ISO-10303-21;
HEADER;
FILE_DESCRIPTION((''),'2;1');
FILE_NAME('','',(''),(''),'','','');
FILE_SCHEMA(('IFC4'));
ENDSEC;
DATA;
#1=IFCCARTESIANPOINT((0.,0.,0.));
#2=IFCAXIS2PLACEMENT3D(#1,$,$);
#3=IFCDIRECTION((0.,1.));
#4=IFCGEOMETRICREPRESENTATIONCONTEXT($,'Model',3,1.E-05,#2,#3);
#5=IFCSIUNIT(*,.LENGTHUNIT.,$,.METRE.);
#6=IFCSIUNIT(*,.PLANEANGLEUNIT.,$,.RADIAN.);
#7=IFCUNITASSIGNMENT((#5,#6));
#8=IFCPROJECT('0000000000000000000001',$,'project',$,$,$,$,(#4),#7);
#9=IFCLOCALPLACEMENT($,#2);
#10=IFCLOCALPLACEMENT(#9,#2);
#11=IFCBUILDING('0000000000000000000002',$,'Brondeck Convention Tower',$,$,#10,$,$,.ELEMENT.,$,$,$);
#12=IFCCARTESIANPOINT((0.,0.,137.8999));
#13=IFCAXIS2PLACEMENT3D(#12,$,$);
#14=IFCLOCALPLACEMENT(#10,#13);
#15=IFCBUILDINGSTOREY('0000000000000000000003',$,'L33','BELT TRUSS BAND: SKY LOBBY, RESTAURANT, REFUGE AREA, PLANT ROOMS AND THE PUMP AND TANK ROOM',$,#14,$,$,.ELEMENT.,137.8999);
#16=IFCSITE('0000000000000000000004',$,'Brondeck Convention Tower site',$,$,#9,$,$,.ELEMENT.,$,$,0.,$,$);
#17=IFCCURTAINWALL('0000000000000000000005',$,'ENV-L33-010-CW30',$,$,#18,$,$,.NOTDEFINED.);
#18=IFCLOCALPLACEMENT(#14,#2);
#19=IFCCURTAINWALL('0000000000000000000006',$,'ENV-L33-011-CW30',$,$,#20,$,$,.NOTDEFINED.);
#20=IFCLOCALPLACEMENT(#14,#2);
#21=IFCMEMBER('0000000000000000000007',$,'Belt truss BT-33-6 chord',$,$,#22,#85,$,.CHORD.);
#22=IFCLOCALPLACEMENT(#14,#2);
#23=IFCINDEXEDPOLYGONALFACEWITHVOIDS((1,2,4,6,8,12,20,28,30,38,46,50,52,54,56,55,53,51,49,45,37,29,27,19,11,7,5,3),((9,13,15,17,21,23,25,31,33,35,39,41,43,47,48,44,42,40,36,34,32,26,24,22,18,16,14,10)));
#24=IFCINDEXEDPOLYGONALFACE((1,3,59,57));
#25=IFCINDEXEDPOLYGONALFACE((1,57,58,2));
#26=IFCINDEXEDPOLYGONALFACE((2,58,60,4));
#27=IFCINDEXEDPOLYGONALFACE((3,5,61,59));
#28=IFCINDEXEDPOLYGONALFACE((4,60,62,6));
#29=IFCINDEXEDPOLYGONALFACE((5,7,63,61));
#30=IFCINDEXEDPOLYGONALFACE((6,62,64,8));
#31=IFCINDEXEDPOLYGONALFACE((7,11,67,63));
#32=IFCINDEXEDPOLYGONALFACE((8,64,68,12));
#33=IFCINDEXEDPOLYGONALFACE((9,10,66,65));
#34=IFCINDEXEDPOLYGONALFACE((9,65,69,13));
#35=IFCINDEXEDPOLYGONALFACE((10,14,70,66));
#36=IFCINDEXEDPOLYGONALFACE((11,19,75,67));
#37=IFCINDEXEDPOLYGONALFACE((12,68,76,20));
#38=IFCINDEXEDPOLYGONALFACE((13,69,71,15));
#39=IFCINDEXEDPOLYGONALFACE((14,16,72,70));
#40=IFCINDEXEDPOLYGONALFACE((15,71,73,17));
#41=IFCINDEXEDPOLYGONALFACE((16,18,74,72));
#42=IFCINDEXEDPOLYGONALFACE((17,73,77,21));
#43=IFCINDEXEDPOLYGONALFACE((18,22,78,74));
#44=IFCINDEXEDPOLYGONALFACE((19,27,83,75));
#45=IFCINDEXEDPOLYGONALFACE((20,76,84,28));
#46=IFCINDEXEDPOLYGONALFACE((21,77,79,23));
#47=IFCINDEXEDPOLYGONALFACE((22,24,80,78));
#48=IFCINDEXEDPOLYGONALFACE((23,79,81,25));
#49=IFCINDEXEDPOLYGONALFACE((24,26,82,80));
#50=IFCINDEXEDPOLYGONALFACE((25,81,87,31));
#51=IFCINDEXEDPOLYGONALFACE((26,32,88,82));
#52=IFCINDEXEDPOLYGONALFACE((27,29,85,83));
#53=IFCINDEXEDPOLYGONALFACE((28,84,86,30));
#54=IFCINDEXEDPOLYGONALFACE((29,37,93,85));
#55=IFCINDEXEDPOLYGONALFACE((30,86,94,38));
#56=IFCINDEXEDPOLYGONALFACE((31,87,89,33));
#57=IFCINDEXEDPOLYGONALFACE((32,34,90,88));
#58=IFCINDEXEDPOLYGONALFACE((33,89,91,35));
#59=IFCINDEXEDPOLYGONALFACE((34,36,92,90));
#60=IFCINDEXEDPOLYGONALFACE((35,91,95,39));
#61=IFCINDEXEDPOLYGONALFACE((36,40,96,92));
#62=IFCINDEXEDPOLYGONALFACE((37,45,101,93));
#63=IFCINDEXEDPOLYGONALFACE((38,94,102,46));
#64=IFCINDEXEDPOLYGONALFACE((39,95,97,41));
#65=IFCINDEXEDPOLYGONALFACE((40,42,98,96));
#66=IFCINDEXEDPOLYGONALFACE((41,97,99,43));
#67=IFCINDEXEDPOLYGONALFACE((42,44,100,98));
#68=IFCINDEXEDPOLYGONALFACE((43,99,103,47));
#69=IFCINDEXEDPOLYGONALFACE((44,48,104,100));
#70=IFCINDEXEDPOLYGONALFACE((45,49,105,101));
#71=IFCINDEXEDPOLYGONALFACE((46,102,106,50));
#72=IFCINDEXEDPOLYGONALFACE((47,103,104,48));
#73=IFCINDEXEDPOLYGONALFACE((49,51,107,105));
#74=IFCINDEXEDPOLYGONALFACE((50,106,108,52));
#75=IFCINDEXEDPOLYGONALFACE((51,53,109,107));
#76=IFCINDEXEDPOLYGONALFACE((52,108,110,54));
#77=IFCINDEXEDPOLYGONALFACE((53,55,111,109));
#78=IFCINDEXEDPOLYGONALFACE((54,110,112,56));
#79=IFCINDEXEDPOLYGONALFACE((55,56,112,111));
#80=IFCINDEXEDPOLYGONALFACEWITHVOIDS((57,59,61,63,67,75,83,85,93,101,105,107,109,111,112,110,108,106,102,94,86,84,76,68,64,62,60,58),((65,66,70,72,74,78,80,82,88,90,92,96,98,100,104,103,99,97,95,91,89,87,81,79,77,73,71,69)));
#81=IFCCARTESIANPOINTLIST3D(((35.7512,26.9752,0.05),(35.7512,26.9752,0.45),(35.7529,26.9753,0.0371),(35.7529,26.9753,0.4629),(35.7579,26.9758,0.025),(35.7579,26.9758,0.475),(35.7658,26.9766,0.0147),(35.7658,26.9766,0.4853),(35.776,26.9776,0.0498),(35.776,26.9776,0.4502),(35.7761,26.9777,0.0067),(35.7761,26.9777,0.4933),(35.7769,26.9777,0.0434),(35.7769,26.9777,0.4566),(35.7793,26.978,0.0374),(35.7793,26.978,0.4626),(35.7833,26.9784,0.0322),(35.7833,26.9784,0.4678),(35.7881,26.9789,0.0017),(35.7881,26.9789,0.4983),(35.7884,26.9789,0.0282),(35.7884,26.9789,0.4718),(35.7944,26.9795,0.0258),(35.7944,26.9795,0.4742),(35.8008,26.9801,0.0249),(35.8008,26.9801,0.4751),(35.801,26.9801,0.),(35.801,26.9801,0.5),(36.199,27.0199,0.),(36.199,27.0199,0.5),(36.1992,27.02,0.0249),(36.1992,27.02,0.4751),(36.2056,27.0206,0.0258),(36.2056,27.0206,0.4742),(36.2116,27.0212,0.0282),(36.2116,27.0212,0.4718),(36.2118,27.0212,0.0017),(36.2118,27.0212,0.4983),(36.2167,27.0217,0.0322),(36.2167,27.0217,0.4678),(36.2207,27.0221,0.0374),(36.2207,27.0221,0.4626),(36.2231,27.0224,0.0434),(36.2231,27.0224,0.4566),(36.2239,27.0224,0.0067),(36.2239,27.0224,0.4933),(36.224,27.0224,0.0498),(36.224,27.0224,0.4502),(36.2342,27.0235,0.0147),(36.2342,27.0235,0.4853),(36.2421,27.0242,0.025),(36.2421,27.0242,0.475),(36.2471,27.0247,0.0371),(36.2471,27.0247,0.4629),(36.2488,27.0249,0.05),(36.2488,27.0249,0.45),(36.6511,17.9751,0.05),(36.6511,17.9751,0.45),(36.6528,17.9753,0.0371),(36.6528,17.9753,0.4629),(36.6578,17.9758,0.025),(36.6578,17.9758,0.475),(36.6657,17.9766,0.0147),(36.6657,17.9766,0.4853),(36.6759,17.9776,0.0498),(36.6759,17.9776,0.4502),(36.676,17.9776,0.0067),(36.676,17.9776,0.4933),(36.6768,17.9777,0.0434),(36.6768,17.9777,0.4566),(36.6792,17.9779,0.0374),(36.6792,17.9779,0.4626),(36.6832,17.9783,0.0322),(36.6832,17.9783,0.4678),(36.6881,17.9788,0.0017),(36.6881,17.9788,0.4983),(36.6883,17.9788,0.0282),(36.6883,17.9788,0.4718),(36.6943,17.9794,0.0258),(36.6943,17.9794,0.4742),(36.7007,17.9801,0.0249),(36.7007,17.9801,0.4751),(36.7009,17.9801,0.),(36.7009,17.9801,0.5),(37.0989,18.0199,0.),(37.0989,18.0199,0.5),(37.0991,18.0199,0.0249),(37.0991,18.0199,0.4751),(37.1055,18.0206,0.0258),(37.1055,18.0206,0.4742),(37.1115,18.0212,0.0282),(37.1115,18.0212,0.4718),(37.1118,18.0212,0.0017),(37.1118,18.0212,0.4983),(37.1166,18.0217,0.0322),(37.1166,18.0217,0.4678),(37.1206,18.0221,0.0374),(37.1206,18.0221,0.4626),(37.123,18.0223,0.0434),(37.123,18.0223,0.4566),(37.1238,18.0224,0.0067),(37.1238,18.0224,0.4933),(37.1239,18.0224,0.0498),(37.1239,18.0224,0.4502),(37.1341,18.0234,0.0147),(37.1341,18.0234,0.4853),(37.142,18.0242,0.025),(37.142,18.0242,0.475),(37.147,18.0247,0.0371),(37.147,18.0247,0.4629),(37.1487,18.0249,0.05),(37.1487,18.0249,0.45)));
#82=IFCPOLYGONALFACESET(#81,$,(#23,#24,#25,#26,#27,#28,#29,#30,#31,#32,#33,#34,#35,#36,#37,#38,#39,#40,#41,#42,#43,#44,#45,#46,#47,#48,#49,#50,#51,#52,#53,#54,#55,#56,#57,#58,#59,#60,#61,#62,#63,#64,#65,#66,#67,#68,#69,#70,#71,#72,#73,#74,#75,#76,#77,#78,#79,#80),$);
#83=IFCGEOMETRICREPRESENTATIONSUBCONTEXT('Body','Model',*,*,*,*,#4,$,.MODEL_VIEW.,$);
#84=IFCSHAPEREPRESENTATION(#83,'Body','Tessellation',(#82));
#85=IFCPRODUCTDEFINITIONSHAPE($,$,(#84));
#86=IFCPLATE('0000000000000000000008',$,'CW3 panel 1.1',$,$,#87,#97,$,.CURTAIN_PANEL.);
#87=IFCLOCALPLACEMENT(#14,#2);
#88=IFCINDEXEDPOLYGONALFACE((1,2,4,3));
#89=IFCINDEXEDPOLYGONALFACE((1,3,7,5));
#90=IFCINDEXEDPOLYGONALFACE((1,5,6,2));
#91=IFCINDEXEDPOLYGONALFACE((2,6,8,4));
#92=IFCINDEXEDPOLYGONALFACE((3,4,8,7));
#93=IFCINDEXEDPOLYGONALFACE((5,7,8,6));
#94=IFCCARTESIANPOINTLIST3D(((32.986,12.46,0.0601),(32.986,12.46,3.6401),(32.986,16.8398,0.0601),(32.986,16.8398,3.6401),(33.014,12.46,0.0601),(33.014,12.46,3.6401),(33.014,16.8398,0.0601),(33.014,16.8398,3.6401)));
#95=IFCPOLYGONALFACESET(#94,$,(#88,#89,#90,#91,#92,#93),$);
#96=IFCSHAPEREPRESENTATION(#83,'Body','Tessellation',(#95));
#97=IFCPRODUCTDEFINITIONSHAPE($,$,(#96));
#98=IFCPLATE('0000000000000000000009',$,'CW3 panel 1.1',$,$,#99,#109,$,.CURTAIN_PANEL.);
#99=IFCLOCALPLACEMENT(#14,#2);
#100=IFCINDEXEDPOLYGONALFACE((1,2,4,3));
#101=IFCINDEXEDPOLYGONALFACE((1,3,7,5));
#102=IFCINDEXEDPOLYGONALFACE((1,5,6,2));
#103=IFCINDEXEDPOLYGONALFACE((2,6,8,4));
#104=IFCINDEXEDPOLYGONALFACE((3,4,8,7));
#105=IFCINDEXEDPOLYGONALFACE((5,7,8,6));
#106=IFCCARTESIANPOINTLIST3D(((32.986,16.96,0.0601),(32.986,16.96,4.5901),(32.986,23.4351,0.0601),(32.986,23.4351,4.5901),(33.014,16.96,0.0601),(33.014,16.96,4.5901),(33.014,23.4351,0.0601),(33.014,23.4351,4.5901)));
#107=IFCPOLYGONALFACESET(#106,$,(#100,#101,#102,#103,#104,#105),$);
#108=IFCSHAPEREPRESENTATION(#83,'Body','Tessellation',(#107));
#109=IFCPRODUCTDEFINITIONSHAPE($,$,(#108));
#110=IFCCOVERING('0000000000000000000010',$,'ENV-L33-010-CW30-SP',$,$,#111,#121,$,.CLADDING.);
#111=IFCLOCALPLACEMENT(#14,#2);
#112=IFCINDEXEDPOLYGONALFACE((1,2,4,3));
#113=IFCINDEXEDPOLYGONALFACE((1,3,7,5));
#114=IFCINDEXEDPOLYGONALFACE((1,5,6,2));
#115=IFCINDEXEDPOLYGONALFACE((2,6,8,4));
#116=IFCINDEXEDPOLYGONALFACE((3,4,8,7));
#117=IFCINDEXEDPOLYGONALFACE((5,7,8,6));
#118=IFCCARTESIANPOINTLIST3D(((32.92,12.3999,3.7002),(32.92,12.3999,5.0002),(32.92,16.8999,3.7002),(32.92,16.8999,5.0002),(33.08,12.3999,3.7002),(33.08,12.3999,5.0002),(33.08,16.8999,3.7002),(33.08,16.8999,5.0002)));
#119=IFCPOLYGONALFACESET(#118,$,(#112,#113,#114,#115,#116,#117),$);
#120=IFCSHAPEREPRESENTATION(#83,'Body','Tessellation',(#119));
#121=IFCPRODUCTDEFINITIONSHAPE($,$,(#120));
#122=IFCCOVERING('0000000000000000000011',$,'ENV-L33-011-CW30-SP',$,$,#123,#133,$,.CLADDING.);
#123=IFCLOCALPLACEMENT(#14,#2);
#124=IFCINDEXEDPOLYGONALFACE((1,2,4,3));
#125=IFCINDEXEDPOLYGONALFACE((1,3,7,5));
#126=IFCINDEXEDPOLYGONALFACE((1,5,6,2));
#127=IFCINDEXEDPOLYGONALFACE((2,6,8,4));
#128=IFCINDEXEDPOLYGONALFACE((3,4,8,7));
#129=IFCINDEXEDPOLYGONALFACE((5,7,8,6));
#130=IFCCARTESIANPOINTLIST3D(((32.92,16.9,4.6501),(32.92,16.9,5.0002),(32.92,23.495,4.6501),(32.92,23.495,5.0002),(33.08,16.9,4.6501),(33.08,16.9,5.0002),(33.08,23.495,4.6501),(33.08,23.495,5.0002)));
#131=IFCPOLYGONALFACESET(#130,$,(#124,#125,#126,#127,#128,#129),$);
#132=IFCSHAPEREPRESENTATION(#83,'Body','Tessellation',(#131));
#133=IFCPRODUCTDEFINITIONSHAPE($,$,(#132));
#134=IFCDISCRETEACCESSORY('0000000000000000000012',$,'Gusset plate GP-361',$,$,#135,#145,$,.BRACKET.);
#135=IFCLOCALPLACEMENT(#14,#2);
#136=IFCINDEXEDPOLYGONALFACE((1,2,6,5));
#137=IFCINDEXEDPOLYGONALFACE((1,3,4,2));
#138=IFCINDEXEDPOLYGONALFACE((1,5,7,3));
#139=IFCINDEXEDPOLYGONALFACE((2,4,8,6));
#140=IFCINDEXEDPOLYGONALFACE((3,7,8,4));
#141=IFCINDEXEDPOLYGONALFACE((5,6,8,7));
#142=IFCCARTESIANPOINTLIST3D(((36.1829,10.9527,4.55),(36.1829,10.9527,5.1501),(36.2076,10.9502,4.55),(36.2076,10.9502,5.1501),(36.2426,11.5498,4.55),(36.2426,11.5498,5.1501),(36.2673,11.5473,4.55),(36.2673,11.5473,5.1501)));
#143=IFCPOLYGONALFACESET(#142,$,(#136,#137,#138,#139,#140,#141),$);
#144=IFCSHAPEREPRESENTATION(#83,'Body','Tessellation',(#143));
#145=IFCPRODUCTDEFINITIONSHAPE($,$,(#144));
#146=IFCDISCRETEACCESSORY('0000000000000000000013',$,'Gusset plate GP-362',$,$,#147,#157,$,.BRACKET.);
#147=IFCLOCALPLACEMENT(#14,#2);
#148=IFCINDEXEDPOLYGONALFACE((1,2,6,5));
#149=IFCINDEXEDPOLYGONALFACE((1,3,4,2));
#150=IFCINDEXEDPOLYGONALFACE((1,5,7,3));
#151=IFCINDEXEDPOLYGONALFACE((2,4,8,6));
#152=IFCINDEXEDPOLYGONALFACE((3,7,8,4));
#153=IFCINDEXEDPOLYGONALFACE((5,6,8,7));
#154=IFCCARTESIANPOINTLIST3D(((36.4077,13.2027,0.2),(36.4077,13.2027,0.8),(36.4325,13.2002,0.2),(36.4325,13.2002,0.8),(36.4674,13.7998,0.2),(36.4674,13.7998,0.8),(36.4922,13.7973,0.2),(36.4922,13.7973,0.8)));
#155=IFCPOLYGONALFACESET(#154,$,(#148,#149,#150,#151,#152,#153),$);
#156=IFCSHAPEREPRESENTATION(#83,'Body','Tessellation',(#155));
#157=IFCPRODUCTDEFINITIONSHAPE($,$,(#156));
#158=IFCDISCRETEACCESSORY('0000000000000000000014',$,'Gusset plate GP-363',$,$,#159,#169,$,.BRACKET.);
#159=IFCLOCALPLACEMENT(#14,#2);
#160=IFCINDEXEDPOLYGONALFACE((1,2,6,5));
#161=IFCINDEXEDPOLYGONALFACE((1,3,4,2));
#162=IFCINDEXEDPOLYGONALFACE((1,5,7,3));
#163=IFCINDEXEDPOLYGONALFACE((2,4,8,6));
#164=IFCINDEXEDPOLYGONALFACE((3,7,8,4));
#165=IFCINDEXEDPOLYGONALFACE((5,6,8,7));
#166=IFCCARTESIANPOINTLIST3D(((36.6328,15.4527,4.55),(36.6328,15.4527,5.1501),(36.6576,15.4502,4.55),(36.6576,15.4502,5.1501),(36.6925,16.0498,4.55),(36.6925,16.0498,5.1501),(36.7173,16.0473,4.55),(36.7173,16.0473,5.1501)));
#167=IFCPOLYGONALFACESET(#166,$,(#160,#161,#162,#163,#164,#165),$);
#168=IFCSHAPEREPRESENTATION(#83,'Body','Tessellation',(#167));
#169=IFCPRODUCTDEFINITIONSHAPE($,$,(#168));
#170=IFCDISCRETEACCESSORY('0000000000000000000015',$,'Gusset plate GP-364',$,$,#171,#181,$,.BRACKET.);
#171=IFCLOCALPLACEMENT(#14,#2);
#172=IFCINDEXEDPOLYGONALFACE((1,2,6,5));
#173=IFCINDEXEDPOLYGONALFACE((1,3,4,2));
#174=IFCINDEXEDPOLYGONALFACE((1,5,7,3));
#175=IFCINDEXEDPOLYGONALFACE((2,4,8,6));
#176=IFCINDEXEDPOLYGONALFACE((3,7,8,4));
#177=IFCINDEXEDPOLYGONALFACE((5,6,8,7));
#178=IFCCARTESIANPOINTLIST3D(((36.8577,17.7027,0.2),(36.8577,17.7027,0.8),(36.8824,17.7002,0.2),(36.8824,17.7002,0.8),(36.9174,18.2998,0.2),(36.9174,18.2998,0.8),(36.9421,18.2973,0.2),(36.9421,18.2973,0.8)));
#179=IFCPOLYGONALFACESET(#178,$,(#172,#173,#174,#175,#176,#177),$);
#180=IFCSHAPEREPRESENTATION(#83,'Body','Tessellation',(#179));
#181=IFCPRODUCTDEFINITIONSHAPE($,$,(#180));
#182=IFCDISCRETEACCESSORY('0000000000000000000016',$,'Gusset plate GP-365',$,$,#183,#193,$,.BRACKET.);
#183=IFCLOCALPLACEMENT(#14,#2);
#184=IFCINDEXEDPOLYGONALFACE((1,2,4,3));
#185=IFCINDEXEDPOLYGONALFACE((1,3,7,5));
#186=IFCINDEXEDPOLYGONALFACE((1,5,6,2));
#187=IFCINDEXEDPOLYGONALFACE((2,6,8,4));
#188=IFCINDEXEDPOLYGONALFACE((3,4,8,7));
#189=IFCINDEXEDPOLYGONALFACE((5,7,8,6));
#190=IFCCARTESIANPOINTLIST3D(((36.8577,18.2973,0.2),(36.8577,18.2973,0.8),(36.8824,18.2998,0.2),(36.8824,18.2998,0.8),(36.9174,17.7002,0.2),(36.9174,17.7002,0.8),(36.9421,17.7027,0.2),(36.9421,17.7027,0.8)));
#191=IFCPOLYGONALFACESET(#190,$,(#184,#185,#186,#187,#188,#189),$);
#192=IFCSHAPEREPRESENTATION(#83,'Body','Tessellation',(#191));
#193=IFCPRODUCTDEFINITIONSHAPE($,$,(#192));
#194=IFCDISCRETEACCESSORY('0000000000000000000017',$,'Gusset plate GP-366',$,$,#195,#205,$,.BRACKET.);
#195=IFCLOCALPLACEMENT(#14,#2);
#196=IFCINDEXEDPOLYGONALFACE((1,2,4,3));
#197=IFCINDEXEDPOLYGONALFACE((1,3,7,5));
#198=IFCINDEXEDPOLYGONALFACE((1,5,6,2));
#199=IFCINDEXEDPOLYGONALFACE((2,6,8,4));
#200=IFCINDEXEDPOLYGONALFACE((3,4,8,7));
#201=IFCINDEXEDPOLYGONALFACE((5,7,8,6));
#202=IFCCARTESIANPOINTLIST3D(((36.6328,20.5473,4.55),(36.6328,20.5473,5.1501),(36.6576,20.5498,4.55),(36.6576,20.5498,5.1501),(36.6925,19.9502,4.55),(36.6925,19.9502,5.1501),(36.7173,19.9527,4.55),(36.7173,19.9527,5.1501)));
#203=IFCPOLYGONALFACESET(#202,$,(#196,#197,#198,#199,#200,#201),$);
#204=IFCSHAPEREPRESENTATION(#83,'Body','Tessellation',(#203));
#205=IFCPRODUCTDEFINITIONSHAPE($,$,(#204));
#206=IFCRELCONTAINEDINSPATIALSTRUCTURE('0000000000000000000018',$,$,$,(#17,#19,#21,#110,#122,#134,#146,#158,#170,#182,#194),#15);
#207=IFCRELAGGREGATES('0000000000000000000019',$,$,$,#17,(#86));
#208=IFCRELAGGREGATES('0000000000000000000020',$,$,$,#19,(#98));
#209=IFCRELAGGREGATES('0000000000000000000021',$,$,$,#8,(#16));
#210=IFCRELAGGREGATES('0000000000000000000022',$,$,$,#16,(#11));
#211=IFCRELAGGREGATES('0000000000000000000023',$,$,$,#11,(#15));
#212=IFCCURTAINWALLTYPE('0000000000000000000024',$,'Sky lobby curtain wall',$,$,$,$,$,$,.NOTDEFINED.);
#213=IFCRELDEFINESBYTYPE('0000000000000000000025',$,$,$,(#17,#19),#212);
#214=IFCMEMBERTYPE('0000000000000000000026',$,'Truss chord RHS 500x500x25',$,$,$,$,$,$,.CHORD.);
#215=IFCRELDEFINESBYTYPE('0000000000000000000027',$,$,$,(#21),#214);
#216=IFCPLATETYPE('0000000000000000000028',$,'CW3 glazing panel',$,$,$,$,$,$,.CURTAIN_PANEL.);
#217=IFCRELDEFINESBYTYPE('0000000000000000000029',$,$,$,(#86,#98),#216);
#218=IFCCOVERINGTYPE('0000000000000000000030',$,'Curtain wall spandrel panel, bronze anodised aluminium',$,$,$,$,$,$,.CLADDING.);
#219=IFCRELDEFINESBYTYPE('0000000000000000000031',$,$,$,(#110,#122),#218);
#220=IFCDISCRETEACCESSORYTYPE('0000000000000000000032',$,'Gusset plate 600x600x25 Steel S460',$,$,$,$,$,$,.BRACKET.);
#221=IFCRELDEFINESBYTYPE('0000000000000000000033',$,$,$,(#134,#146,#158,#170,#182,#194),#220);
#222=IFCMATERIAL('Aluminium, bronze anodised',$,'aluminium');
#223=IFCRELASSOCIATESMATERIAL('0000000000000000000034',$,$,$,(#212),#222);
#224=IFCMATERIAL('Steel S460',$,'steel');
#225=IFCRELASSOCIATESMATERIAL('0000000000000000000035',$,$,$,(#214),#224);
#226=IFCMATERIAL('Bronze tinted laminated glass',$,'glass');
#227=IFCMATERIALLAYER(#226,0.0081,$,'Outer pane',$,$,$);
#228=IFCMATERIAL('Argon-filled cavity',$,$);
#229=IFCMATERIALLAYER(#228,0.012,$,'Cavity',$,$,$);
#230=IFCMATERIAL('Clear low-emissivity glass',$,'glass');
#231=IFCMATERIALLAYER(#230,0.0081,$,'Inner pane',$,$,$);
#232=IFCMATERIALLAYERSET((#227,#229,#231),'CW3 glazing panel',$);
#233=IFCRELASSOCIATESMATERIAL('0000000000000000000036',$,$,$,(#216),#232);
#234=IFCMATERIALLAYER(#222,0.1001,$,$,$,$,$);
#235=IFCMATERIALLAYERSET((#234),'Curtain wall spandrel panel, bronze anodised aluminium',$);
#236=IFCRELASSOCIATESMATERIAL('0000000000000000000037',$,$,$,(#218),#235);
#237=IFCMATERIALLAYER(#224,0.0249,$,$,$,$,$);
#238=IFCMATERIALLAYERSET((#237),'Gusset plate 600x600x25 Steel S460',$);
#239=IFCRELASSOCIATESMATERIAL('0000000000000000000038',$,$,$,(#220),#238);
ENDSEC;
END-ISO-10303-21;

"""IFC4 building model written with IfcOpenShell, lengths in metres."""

from ifc_helpers import new_model, si_unit, direction, frame, origin, origin_2d, place, context, subcontext, project, spatial, rectangle, hollow_rectangle, extrude, material, layer, layer_set, material_profile, profile_set, type_object, element, aggregate, save


model = new_model("IFC4")

# Units and contexts
model_context = context("Model", 3, precision=1e-05, world=origin(), true_north=direction((0.0, 1.0)))
body_context = subcontext(model_context, "Body", "Model", "MODEL_VIEW")
ifc_project = project(units=[si_unit("LENGTHUNIT", "METRE"), si_unit("PLANEANGLEUNIT", "RADIAN")], contexts=[model_context])

# Site, building, storey
site_placement = place(None, origin())
site = spatial("IfcSite", under=ifc_project, at=site_placement, Name="Brondeck Convention Tower site", CompositionType="ELEMENT", RefElevation=0.0)
building_placement = place(site_placement, origin())
building = spatial("IfcBuilding", under=site, at=building_placement, Name="Brondeck Convention Tower", CompositionType="ELEMENT")
storey_placement = place(building_placement, frame((0.0, 0.0, 137.8999)))
storey = spatial("IfcBuildingStorey", under=building, at=storey_placement, Name="L33", Description="BELT TRUSS BAND: SKY LOBBY, RESTAURANT, REFUGE AREA, PLANT ROOMS AND THE PUMP AND TANK ROOM", CompositionType="ELEMENT", Elevation=137.8999)

# Curtain wall
ifc_material_1 = material(Name="Aluminium, bronze anodised", Category="aluminium")
curtain_wall_type = type_object("IfcCurtainWallType", Name="Sky lobby curtain wall", PredefinedType="NOTDEFINED", material=ifc_material_1)
curtain_wall_1_placement = place(storey_placement, origin())
curtain_wall_1 = element("IfcCurtainWall", 1, at=curtain_wall_1_placement, inside=storey, type_object=curtain_wall_type, Name="ENV-L33-010-CW30", PredefinedType="NOTDEFINED")

# Curtain wall
curtain_wall_2_placement = place(storey_placement, origin())
curtain_wall_2 = element("IfcCurtainWall", 2, at=curtain_wall_2_placement, inside=storey, type_object=curtain_wall_type, Name="ENV-L33-011-CW30", PredefinedType="NOTDEFINED")

# Shared definitions
ifc_material_2 = material(Name="Steel S460", Category="steel")

# Member
ifc_material_profile_1 = material_profile(ifc_material_2, hollow_rectangle(XDim=0.5, YDim=0.5, WallThickness=0.0249, InnerFilletRadius=0.0249, OuterFilletRadius=0.05, at=origin_2d()), Name="RHS 500x500x25")
ifc_profile_set_1 = profile_set([ifc_material_profile_1], Name="Steel S460")
member_type_1 = type_object("IfcMemberType", Name="Truss chord RHS 500x500x25", PredefinedType="CHORD", material=ifc_profile_set_1)
member_1_placement = place(storey_placement, frame((36.8999, 18.0, 0.25), z_axis=(-0.099493, 0.995038, 0.0), x_axis=(-0.995038, -0.099493, 0.0)))
element("IfcMember", 3, at=member_1_placement, inside=storey, type_object=member_type_1, Name="Belt truss BT-33-6 chord", PredefinedType="CHORD", context=body_context, shape_type="SweptSolid", body=[
    extrude(hollow_rectangle(XDim=0.5, YDim=0.5, WallThickness=0.0249, InnerFilletRadius=0.0249, OuterFilletRadius=0.05, at=origin_2d()), origin(), (0.0, 0.0, 1.0), 9.0449),
])

# Plates
ifc_material_3 = material(Name="Bronze tinted laminated glass", Category="glass")
ifc_layer_1 = layer(ifc_material_3, 0.0081, Name="Outer pane")
ifc_material_4 = material(Name="Argon-filled cavity")
ifc_layer_2 = layer(ifc_material_4, 0.012, Name="Cavity")
ifc_material_5 = material(Name="Clear low-emissivity glass", Category="glass")
ifc_layer_3 = layer(ifc_material_5, 0.0081, Name="Inner pane")
ifc_layer_set_1 = layer_set([ifc_layer_1, ifc_layer_2, ifc_layer_3], Name="CW3 glazing panel")
plate_type = type_object("IfcPlateType", Name="CW3 glazing panel", PredefinedType="CURTAIN_PANEL", material=ifc_layer_set_1)
plate_1_placement = place(storey_placement, frame((33.0, 14.6499, 0.0601), z_axis=(0.0, 0.0, 1.0), x_axis=(0.0, -1.0, 0.0)))
plate_1 = element("IfcPlate", 4, at=plate_1_placement, type_object=plate_type, Name="CW3 panel 1.1", PredefinedType="CURTAIN_PANEL", context=body_context, shape_type="SweptSolid", body=[
    extrude(rectangle(XDim=4.3799, YDim=0.0281, at=origin_2d()), origin(), (0.0, 0.0, 1.0), 3.5801),
])
aggregate(curtain_wall_1, [plate_1])
plate_2_placement = place(storey_placement, frame((33.0, 20.1975, 0.0601), z_axis=(0.0, 0.0, 1.0), x_axis=(0.0, -1.0, 0.0)))
plate_2 = element("IfcPlate", 5, at=plate_2_placement, type_object=plate_type, Name="CW3 panel 1.1", PredefinedType="CURTAIN_PANEL", context=body_context, shape_type="SweptSolid", body=[
    extrude(rectangle(XDim=6.4751, YDim=0.0281, at=origin_2d()), origin(), (0.0, 0.0, 1.0), 4.53),
])
aggregate(curtain_wall_2, [plate_2])

# Coverings
ifc_layer_4 = layer(ifc_material_1, 0.1001)
ifc_layer_set_2 = layer_set([ifc_layer_4], Name="Curtain wall spandrel panel, bronze anodised aluminium")
covering_type = type_object("IfcCoveringType", Name="Curtain wall spandrel panel, bronze anodised aluminium", PredefinedType="CLADDING", material=ifc_layer_set_2)
covering_1_placement = place(storey_placement, frame((33.0, 14.6499, 3.7002), z_axis=(0.0, 0.0, 1.0), x_axis=(0.0, -1.0, 0.0)))
element("IfcCovering", 6, at=covering_1_placement, inside=storey, type_object=covering_type, Name="ENV-L33-010-CW30-SP", PredefinedType="CLADDING", context=body_context, shape_type="SweptSolid", body=[
    extrude(rectangle(XDim=4.5, YDim=0.1599, at=origin_2d()), origin(), (0.0, 0.0, 1.0), 1.3),
])
covering_2_placement = place(storey_placement, frame((33.0, 20.1975, 4.6501), z_axis=(0.0, 0.0, 1.0), x_axis=(0.0, -1.0, 0.0)))
element("IfcCovering", 7, at=covering_2_placement, inside=storey, type_object=covering_type, Name="ENV-L33-011-CW30-SP", PredefinedType="CLADDING", context=body_context, shape_type="SweptSolid", body=[
    extrude(rectangle(XDim=6.595, YDim=0.1599, at=origin_2d()), origin(), (0.0, 0.0, 1.0), 0.3501),
])

# Discrete accessories
ifc_layer_5 = layer(ifc_material_2, 0.0249)
ifc_layer_set_3 = layer_set([ifc_layer_5], Name="Gusset plate 600x600x25 Steel S460")
discrete_accessory_type = type_object("IfcDiscreteAccessoryType", Name="Gusset plate 600x600x25 Steel S460", PredefinedType="BRACKET", material=ifc_layer_set_3)
for number, where, z_axis, x_axis, name in (
    (8, (36.2251, 11.25, 4.55), (0.0, 0.0, 1.0), (0.099511, 0.995036, 0.0), "Gusset plate GP-361"),
    (9, (36.45, 13.5, 0.2), (0.0, 0.0, 1.0), (0.099511, 0.995036, 0.0), "Gusset plate GP-362"),
    (10, (36.675, 15.75, 4.55), (0.0, 0.0, 1.0), (0.099511, 0.995036, 0.0), "Gusset plate GP-363"),
    (11, (36.8999, 18.0, 0.2), (0.0, 0.0, 1.0), (0.099511, 0.995036, 0.0), "Gusset plate GP-364"),
    (12, (36.8999, 18.0, 0.2), (0.0, 0.0, 1.0), (-0.099511, 0.995036, 0.0), "Gusset plate GP-365"),
    (13, (36.675, 20.25, 4.55), (0.0, 0.0, 1.0), (-0.099511, 0.995036, 0.0), "Gusset plate GP-366"),
):
    element("IfcDiscreteAccessory", number, at=place(storey_placement, frame(where, z_axis=z_axis, x_axis=x_axis)), inside=storey, type_object=discrete_accessory_type, Name=name, PredefinedType="BRACKET", context=body_context, shape_type="SweptSolid", body=[
        extrude(rectangle(XDim=0.6001, YDim=0.0249, at=origin_2d()), origin(), (0.0, 0.0, 1.0), 0.6001),
    ])

save(model, "model.ifc")
